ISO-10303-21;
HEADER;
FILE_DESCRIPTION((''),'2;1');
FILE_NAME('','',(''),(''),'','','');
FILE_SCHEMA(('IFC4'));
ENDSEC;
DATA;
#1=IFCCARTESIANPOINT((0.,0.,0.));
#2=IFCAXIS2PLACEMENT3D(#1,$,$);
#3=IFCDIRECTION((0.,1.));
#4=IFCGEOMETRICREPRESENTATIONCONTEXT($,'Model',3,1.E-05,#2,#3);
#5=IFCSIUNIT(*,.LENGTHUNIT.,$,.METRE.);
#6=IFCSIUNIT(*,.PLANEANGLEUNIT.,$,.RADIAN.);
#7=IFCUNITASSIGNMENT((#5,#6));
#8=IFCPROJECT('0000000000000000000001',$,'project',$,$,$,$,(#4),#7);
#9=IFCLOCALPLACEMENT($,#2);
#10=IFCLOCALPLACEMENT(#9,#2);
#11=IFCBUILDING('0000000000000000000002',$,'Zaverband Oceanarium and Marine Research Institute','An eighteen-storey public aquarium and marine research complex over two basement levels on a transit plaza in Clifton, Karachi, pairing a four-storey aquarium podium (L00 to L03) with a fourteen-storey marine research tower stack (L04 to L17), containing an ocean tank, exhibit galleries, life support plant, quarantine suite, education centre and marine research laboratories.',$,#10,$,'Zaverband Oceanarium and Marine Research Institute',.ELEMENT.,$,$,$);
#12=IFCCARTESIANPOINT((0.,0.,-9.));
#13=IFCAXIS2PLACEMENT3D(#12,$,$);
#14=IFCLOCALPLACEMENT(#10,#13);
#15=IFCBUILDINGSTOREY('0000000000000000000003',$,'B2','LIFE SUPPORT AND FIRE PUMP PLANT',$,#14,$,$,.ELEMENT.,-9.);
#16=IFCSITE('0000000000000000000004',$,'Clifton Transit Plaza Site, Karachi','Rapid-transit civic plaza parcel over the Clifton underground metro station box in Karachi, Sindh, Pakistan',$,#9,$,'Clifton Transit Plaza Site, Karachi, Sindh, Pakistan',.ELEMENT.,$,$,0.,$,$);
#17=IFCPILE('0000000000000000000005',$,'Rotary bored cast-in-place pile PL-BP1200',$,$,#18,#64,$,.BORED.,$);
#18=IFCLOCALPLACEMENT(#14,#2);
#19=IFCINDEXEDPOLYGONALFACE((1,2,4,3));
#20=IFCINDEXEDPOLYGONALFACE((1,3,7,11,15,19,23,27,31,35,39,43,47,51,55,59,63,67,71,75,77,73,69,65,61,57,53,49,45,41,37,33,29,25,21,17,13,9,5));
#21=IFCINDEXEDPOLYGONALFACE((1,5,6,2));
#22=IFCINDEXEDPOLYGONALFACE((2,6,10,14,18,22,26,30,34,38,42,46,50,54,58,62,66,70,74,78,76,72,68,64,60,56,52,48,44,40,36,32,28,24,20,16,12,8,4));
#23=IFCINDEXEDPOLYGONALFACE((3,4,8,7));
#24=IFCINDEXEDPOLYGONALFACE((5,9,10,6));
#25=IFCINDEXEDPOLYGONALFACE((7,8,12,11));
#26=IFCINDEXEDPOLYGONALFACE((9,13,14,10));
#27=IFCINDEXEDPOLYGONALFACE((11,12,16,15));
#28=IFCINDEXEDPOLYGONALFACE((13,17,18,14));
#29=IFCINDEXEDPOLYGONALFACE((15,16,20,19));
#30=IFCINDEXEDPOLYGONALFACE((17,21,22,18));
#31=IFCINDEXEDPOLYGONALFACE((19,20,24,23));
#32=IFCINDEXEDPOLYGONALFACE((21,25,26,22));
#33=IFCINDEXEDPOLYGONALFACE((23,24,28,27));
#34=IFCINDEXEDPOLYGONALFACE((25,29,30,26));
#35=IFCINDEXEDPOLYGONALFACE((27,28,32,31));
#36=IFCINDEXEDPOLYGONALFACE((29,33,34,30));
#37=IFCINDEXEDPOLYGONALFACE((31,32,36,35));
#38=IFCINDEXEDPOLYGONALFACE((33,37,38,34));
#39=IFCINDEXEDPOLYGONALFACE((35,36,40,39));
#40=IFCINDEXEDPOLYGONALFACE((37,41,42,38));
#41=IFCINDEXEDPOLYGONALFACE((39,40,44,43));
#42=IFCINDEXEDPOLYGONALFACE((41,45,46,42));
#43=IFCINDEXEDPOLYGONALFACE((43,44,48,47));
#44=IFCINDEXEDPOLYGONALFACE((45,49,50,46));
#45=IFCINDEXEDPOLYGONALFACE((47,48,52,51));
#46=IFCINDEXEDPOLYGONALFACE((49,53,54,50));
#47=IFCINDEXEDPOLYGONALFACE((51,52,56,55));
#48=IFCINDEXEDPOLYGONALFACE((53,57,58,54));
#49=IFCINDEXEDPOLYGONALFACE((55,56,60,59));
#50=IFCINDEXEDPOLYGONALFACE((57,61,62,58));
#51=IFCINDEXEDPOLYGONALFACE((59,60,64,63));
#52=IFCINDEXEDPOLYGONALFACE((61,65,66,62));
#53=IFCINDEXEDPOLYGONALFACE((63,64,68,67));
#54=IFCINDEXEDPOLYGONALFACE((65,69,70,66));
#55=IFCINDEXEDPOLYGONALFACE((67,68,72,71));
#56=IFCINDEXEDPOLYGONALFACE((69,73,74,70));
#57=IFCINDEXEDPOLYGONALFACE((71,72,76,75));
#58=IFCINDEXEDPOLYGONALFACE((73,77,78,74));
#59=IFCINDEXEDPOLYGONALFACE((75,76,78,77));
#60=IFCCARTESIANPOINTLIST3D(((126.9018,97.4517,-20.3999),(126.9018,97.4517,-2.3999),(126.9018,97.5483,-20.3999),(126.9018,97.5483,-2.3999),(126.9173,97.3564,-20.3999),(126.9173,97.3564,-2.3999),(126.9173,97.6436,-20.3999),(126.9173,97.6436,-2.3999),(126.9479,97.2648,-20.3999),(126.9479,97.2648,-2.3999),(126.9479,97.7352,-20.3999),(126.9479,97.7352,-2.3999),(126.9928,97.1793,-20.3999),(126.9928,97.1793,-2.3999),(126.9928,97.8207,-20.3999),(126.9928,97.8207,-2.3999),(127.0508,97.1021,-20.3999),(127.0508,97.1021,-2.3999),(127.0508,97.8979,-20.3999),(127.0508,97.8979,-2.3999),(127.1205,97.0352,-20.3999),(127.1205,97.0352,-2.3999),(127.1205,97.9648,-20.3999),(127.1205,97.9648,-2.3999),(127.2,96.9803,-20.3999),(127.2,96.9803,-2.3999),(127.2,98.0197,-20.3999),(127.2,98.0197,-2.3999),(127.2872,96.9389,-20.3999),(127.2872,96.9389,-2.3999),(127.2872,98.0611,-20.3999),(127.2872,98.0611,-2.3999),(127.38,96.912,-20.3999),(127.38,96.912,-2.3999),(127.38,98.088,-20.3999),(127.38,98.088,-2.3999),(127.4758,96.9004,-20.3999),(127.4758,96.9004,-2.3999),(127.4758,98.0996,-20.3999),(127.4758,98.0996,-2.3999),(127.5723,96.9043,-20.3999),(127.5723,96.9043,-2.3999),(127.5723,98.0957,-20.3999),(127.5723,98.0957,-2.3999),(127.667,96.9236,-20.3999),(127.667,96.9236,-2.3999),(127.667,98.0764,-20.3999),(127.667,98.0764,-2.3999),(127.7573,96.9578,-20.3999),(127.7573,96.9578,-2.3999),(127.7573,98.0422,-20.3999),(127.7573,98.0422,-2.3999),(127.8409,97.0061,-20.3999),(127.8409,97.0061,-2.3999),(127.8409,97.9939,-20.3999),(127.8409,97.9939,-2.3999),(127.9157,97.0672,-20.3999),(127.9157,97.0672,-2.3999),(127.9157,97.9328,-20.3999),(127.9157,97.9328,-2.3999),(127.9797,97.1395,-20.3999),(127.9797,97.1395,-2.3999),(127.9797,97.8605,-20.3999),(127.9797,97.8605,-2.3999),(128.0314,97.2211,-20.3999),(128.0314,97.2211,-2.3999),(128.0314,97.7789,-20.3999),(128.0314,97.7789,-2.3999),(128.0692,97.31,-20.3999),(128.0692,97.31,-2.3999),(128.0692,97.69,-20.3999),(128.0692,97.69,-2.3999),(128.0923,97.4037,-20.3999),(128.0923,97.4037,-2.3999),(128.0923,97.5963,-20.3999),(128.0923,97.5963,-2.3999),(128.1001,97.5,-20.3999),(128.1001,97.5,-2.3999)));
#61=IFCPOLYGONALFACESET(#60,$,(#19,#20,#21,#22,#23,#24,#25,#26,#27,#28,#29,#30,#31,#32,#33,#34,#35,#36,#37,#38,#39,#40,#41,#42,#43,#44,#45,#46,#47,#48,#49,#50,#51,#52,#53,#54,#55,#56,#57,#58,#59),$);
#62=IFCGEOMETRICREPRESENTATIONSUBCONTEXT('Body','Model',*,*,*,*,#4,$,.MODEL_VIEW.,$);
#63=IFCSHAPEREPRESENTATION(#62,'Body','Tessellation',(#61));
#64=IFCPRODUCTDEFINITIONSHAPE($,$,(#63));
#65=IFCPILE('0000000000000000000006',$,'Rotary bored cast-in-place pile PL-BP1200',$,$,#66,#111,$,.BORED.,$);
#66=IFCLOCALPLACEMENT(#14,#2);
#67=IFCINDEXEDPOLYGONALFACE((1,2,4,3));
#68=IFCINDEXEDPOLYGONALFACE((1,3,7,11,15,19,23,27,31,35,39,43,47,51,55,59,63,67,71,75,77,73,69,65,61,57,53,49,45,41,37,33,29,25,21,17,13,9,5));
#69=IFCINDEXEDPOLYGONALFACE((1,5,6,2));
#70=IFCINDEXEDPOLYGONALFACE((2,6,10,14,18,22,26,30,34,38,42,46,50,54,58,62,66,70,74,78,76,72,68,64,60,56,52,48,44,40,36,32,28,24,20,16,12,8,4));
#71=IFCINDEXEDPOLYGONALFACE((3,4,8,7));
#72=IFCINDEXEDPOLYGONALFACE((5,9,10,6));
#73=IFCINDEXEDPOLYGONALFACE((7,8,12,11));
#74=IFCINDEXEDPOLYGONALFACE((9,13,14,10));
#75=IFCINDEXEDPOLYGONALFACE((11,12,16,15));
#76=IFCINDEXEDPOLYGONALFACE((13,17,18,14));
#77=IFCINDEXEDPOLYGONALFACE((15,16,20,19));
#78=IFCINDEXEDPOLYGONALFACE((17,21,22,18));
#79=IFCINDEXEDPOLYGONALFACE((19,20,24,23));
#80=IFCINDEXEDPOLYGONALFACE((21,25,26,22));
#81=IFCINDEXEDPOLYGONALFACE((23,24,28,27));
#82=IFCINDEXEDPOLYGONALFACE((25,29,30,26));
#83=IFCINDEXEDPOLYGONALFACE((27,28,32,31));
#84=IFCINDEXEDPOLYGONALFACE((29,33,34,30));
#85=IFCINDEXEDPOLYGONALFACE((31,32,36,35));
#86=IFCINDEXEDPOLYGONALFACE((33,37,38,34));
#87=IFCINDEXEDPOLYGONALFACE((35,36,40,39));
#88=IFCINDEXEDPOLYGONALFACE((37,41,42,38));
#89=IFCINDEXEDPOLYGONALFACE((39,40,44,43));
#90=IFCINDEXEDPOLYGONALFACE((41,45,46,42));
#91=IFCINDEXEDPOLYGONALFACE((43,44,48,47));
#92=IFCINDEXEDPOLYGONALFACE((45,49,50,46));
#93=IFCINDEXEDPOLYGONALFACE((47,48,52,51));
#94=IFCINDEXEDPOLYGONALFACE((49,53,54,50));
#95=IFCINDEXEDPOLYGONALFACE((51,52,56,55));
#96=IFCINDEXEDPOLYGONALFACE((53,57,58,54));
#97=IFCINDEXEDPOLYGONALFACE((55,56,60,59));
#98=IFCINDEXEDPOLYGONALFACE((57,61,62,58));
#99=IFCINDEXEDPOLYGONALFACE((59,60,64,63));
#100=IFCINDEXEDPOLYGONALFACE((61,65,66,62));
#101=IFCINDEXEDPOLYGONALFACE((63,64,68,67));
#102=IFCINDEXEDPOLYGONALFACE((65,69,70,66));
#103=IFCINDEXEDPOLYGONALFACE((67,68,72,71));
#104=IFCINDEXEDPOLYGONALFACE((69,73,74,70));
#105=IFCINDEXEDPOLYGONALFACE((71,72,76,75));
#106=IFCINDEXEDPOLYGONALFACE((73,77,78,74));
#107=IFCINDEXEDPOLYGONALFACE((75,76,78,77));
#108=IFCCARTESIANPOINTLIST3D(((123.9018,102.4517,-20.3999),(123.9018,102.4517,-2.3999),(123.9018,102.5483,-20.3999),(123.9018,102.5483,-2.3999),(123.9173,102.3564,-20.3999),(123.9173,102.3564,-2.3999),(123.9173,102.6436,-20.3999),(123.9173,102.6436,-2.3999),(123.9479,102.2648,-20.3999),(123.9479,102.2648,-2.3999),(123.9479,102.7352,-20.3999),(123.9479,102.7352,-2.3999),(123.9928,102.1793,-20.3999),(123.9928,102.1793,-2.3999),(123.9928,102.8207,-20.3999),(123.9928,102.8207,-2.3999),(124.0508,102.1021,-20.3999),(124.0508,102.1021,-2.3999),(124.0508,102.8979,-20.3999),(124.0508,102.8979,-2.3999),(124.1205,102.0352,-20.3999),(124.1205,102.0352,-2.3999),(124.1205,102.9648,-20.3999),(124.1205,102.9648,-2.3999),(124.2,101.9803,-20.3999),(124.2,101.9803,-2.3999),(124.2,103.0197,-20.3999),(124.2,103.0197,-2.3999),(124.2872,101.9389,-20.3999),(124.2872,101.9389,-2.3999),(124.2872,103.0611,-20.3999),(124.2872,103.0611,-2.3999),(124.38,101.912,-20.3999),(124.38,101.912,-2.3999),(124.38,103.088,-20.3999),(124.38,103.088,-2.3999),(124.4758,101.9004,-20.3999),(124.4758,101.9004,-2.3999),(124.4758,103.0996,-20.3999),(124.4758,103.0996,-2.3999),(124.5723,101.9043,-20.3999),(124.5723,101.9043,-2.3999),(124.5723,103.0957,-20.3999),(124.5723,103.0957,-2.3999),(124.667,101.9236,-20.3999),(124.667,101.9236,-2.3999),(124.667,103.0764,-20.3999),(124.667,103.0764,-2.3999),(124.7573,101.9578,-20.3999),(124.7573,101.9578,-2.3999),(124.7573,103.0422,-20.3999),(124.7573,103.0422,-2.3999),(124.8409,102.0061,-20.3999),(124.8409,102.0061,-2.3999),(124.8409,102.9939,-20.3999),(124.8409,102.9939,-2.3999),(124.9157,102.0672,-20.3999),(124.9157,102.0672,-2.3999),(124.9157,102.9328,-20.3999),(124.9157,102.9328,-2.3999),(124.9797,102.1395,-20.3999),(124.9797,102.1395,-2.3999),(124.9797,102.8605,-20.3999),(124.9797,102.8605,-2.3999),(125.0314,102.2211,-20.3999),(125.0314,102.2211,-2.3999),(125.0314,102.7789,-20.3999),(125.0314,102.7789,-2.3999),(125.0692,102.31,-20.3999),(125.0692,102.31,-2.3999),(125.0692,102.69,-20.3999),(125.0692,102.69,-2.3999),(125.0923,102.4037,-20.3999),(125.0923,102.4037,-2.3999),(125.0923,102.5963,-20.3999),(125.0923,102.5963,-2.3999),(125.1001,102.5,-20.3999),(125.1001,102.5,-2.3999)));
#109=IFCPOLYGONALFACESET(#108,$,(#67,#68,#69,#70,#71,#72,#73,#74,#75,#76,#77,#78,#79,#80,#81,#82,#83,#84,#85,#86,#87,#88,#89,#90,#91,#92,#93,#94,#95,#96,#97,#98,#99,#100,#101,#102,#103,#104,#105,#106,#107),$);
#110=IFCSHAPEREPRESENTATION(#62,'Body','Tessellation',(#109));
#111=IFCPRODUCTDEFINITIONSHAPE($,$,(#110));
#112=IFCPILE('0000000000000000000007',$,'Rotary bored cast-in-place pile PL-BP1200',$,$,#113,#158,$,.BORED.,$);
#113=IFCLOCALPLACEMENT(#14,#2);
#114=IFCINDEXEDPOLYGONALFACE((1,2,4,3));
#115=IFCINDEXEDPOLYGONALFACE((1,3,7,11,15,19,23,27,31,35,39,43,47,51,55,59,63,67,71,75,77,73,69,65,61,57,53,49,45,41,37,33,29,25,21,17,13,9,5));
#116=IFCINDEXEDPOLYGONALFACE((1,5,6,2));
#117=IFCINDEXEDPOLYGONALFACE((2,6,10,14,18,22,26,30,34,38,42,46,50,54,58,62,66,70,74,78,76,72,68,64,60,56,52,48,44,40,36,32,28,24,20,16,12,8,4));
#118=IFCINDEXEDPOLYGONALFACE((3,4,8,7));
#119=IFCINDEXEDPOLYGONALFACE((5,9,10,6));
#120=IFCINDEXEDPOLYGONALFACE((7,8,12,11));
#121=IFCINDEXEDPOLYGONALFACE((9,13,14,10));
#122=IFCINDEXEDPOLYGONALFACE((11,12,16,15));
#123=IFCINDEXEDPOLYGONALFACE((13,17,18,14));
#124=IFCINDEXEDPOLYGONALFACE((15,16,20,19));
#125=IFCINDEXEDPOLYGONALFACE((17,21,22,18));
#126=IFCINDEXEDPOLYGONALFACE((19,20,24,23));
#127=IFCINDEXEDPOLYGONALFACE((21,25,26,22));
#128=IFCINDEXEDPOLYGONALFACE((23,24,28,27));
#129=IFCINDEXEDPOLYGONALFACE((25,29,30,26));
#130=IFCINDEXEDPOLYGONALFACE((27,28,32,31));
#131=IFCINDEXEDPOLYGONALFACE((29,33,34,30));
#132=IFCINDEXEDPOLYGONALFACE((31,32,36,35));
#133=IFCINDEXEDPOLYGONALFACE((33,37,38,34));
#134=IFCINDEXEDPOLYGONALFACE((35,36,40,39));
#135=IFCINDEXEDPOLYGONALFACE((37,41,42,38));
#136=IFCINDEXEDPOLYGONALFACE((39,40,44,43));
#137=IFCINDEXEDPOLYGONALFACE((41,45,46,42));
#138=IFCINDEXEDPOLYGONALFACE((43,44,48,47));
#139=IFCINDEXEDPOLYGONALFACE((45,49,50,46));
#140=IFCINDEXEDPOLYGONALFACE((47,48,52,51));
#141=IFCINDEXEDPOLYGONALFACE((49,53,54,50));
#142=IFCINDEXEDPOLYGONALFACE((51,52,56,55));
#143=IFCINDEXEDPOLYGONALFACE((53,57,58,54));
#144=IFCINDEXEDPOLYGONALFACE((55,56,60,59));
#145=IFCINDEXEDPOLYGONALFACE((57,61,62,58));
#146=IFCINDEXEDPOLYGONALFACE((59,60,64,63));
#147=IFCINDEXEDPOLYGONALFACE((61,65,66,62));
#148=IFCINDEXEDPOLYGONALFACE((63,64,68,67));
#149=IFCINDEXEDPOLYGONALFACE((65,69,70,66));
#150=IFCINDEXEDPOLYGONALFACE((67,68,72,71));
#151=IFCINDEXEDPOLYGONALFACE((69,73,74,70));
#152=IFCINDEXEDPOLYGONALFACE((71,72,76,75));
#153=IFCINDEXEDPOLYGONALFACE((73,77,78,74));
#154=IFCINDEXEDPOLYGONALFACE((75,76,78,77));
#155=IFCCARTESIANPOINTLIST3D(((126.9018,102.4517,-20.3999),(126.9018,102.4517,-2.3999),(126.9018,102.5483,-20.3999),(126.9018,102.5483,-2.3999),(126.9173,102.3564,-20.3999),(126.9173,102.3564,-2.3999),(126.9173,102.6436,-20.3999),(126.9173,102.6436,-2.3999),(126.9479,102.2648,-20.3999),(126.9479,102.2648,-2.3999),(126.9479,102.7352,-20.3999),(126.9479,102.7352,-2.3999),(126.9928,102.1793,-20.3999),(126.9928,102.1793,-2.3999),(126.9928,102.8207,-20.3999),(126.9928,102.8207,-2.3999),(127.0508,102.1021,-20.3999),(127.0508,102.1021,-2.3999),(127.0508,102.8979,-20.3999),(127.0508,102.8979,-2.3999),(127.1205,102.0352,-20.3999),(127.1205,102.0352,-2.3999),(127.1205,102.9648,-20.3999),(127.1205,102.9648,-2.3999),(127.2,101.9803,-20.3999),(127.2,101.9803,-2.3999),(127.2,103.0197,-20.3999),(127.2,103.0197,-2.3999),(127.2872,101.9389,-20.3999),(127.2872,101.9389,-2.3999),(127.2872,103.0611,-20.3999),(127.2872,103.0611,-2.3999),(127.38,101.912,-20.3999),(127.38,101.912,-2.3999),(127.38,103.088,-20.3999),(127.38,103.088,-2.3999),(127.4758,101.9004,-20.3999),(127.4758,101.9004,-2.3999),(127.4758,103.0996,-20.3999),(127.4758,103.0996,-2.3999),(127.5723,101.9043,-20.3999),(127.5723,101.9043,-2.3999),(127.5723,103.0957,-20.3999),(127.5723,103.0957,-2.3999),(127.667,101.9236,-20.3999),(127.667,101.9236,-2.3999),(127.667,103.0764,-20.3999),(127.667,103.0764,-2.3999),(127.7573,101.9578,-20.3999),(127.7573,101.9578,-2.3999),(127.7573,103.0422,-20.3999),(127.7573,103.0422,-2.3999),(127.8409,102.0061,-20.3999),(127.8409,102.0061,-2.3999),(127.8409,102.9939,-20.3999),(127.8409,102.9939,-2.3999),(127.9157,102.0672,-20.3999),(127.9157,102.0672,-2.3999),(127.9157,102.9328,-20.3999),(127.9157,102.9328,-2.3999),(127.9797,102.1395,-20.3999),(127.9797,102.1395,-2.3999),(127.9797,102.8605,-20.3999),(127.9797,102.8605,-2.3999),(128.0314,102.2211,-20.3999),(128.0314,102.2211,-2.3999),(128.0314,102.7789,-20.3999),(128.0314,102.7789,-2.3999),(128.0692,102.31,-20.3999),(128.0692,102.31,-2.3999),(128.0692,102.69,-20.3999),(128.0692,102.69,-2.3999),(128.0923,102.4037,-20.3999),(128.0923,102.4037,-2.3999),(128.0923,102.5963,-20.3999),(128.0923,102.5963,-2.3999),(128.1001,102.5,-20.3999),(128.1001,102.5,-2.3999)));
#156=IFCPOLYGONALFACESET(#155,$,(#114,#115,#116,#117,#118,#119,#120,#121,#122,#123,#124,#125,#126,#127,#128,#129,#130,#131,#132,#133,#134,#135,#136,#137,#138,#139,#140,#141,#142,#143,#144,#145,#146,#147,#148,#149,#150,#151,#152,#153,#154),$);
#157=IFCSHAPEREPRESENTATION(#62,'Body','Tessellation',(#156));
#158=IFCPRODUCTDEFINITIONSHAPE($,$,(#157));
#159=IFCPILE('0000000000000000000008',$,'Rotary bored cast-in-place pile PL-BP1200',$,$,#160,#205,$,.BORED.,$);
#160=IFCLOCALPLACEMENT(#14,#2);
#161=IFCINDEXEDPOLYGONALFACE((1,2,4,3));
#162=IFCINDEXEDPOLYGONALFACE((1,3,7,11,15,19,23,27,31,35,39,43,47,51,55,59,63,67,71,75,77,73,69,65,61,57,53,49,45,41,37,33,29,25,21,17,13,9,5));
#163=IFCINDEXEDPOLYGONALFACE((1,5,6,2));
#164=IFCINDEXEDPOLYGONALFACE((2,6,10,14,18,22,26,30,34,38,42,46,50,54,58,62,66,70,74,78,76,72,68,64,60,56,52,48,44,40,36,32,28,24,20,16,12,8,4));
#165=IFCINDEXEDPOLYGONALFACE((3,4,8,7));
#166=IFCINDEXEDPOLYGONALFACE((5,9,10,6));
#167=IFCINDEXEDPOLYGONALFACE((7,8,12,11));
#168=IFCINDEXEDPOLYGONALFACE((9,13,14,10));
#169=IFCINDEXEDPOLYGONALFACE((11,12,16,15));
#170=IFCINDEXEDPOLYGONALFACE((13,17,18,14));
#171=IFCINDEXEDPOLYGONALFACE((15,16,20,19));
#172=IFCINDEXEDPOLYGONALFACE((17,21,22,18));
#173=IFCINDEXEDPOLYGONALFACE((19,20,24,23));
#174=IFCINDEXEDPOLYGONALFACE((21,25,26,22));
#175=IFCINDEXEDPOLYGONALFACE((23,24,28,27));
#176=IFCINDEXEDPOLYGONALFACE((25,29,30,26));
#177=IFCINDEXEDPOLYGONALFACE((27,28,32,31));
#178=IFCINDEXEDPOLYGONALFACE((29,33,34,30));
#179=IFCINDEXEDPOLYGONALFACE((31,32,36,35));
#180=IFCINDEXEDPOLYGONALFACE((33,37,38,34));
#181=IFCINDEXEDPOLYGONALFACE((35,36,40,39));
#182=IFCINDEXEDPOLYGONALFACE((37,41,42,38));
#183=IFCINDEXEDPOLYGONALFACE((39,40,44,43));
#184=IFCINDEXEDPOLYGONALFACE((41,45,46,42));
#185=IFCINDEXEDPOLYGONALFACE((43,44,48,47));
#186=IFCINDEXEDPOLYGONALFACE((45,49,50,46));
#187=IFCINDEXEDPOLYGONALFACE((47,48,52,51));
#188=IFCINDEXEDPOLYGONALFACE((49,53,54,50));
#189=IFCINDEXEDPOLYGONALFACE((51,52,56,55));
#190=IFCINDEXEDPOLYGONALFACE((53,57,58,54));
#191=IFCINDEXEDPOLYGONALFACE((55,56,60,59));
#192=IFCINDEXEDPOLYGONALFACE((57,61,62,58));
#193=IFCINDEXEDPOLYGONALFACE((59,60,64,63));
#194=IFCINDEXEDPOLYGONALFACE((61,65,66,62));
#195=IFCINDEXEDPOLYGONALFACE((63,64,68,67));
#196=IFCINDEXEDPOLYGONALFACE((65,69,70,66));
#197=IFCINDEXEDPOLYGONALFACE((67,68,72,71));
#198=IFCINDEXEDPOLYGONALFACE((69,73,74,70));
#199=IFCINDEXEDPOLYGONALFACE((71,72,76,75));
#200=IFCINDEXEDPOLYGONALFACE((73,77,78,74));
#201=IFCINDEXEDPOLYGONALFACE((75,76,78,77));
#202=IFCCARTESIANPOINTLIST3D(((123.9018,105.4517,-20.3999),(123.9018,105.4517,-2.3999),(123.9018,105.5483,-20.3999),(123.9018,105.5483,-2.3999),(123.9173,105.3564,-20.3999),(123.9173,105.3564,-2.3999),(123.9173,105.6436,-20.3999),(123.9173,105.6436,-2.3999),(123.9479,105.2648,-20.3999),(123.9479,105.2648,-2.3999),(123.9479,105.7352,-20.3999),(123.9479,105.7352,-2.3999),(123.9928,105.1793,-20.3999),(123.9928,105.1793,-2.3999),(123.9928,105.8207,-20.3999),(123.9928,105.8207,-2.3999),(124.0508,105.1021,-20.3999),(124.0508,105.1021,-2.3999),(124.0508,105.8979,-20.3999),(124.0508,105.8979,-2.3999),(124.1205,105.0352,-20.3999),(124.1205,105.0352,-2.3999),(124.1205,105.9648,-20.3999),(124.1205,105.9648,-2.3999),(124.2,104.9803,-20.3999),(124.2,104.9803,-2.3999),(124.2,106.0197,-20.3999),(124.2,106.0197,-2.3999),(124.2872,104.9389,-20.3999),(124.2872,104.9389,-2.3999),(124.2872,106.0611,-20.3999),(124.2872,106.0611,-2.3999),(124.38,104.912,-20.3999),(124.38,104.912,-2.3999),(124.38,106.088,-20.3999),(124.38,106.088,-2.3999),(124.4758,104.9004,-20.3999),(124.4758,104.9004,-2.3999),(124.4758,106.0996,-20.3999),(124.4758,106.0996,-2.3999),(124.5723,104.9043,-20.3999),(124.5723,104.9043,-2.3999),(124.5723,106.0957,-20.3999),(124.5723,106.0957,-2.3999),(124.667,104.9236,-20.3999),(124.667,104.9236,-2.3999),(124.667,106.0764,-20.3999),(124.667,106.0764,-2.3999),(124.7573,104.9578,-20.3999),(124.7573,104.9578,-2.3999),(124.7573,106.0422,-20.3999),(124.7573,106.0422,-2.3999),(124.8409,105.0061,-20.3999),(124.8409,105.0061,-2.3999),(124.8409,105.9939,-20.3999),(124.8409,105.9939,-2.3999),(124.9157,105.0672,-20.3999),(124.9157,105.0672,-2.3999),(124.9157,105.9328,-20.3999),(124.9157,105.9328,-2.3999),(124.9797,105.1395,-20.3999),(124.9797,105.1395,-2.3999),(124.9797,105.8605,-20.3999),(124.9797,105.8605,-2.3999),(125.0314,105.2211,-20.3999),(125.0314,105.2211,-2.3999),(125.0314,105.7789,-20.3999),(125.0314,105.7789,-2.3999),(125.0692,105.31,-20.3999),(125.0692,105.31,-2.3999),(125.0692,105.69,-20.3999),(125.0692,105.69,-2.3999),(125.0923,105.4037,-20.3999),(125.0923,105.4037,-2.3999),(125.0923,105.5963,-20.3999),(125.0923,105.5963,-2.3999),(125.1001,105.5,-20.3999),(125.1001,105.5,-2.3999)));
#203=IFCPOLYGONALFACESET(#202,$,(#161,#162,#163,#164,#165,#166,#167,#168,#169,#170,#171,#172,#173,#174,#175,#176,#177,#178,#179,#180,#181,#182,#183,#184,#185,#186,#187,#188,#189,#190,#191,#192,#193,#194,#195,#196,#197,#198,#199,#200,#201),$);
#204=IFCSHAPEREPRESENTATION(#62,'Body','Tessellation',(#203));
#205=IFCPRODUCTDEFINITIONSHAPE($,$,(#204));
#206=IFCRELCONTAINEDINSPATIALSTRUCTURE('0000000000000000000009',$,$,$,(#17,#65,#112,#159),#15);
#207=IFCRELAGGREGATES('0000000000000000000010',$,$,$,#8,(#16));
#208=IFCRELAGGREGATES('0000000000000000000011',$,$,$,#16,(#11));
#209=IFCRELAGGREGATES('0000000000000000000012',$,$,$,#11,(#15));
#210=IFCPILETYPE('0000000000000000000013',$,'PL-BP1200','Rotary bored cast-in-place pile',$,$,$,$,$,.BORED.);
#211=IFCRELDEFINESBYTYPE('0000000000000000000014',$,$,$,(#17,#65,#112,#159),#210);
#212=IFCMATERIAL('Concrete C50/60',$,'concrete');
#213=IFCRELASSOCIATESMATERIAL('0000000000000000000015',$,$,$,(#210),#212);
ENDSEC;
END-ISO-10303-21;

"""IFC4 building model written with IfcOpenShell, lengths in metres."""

from ifc_helpers import new_model, si_unit, direction, frame, origin, origin_2d, place, context, subcontext, project, spatial, circle, extrude, material, material_profile, profile_set, type_object, element, save


model = new_model("IFC4")

# Units and contexts
model_context = context("Model", 3, precision=1e-05, world=origin(), true_north=direction((0.0, 1.0)))
body_context = subcontext(model_context, "Body", "Model", "MODEL_VIEW")
ifc_project = project(units=[si_unit("LENGTHUNIT", "METRE"), si_unit("PLANEANGLEUNIT", "RADIAN")], contexts=[model_context])

# Site, building, storey
site_placement = place(None, origin())
site = spatial("IfcSite", under=ifc_project, at=site_placement, Name="Clifton Transit Plaza Site, Karachi", Description="Rapid-transit civic plaza parcel over the Clifton underground metro station box in Karachi, Sindh, Pakistan", LongName="Clifton Transit Plaza Site, Karachi, Sindh, Pakistan", CompositionType="ELEMENT", RefElevation=0.0)
building_placement = place(site_placement, origin())
building = spatial("IfcBuilding", under=site, at=building_placement, Name="Zaverband Oceanarium and Marine Research Institute", Description="An eighteen-storey public aquarium and marine research complex over two basement levels on a transit plaza in Clifton, Karachi, pairing a four-storey aquarium podium (L00 to L03) with a fourteen-storey marine research tower stack (L04 to L17), containing an ocean tank, exhibit galleries, life support plant, quarantine suite, education centre and marine research laboratories.", LongName="Zaverband Oceanarium and Marine Research Institute", CompositionType="ELEMENT")
storey_placement = place(building_placement, frame((0.0, 0.0, -9.0)))
storey = spatial("IfcBuildingStorey", under=building, at=storey_placement, Name="B2", Description="LIFE SUPPORT AND FIRE PUMP PLANT", CompositionType="ELEMENT", Elevation=-9.0)

# Shared definitions
ifc_material_1 = material(Name="Concrete C50/60", Category="concrete")

# Piles
ifc_material_profile_1 = material_profile(ifc_material_1, circle(Radius=0.6001, at=origin_2d()), Name="BP1200")
ifc_profile_set_1 = profile_set([ifc_material_profile_1], Name="Concrete C50/60")
pile_type = type_object("IfcPileType", Name="PL-BP1200", Description="Rotary bored cast-in-place pile", PredefinedType="BORED", material=ifc_profile_set_1)
for number, where, z_axis, x_axis, name in (
    (1, (127.5, 97.5, -2.3999), (0.0, 0.0, -1.0), (1.0, 0.0, 0.0), "Rotary bored cast-in-place pile PL-BP1200"),
    (2, (124.5, 102.5, -2.3999), (0.0, 0.0, -1.0), (1.0, 0.0, 0.0), "Rotary bored cast-in-place pile PL-BP1200"),
    (3, (127.5, 102.5, -2.3999), (0.0, 0.0, -1.0), (1.0, 0.0, 0.0), "Rotary bored cast-in-place pile PL-BP1200"),
    (4, (124.5, 105.5, -2.3999), (0.0, 0.0, -1.0), (1.0, 0.0, 0.0), "Rotary bored cast-in-place pile PL-BP1200"),
):
    element("IfcPile", number, at=place(storey_placement, frame(where, z_axis=z_axis, x_axis=x_axis)), inside=storey, type_object=pile_type, Name=name, PredefinedType="BORED", context=body_context, shape_type="SweptSolid", body=[
        extrude(circle(Radius=0.6001, at=origin_2d()), origin(), (0.0, 0.0, 1.0), 18.0),
    ])

save(model, "model.ifc")
